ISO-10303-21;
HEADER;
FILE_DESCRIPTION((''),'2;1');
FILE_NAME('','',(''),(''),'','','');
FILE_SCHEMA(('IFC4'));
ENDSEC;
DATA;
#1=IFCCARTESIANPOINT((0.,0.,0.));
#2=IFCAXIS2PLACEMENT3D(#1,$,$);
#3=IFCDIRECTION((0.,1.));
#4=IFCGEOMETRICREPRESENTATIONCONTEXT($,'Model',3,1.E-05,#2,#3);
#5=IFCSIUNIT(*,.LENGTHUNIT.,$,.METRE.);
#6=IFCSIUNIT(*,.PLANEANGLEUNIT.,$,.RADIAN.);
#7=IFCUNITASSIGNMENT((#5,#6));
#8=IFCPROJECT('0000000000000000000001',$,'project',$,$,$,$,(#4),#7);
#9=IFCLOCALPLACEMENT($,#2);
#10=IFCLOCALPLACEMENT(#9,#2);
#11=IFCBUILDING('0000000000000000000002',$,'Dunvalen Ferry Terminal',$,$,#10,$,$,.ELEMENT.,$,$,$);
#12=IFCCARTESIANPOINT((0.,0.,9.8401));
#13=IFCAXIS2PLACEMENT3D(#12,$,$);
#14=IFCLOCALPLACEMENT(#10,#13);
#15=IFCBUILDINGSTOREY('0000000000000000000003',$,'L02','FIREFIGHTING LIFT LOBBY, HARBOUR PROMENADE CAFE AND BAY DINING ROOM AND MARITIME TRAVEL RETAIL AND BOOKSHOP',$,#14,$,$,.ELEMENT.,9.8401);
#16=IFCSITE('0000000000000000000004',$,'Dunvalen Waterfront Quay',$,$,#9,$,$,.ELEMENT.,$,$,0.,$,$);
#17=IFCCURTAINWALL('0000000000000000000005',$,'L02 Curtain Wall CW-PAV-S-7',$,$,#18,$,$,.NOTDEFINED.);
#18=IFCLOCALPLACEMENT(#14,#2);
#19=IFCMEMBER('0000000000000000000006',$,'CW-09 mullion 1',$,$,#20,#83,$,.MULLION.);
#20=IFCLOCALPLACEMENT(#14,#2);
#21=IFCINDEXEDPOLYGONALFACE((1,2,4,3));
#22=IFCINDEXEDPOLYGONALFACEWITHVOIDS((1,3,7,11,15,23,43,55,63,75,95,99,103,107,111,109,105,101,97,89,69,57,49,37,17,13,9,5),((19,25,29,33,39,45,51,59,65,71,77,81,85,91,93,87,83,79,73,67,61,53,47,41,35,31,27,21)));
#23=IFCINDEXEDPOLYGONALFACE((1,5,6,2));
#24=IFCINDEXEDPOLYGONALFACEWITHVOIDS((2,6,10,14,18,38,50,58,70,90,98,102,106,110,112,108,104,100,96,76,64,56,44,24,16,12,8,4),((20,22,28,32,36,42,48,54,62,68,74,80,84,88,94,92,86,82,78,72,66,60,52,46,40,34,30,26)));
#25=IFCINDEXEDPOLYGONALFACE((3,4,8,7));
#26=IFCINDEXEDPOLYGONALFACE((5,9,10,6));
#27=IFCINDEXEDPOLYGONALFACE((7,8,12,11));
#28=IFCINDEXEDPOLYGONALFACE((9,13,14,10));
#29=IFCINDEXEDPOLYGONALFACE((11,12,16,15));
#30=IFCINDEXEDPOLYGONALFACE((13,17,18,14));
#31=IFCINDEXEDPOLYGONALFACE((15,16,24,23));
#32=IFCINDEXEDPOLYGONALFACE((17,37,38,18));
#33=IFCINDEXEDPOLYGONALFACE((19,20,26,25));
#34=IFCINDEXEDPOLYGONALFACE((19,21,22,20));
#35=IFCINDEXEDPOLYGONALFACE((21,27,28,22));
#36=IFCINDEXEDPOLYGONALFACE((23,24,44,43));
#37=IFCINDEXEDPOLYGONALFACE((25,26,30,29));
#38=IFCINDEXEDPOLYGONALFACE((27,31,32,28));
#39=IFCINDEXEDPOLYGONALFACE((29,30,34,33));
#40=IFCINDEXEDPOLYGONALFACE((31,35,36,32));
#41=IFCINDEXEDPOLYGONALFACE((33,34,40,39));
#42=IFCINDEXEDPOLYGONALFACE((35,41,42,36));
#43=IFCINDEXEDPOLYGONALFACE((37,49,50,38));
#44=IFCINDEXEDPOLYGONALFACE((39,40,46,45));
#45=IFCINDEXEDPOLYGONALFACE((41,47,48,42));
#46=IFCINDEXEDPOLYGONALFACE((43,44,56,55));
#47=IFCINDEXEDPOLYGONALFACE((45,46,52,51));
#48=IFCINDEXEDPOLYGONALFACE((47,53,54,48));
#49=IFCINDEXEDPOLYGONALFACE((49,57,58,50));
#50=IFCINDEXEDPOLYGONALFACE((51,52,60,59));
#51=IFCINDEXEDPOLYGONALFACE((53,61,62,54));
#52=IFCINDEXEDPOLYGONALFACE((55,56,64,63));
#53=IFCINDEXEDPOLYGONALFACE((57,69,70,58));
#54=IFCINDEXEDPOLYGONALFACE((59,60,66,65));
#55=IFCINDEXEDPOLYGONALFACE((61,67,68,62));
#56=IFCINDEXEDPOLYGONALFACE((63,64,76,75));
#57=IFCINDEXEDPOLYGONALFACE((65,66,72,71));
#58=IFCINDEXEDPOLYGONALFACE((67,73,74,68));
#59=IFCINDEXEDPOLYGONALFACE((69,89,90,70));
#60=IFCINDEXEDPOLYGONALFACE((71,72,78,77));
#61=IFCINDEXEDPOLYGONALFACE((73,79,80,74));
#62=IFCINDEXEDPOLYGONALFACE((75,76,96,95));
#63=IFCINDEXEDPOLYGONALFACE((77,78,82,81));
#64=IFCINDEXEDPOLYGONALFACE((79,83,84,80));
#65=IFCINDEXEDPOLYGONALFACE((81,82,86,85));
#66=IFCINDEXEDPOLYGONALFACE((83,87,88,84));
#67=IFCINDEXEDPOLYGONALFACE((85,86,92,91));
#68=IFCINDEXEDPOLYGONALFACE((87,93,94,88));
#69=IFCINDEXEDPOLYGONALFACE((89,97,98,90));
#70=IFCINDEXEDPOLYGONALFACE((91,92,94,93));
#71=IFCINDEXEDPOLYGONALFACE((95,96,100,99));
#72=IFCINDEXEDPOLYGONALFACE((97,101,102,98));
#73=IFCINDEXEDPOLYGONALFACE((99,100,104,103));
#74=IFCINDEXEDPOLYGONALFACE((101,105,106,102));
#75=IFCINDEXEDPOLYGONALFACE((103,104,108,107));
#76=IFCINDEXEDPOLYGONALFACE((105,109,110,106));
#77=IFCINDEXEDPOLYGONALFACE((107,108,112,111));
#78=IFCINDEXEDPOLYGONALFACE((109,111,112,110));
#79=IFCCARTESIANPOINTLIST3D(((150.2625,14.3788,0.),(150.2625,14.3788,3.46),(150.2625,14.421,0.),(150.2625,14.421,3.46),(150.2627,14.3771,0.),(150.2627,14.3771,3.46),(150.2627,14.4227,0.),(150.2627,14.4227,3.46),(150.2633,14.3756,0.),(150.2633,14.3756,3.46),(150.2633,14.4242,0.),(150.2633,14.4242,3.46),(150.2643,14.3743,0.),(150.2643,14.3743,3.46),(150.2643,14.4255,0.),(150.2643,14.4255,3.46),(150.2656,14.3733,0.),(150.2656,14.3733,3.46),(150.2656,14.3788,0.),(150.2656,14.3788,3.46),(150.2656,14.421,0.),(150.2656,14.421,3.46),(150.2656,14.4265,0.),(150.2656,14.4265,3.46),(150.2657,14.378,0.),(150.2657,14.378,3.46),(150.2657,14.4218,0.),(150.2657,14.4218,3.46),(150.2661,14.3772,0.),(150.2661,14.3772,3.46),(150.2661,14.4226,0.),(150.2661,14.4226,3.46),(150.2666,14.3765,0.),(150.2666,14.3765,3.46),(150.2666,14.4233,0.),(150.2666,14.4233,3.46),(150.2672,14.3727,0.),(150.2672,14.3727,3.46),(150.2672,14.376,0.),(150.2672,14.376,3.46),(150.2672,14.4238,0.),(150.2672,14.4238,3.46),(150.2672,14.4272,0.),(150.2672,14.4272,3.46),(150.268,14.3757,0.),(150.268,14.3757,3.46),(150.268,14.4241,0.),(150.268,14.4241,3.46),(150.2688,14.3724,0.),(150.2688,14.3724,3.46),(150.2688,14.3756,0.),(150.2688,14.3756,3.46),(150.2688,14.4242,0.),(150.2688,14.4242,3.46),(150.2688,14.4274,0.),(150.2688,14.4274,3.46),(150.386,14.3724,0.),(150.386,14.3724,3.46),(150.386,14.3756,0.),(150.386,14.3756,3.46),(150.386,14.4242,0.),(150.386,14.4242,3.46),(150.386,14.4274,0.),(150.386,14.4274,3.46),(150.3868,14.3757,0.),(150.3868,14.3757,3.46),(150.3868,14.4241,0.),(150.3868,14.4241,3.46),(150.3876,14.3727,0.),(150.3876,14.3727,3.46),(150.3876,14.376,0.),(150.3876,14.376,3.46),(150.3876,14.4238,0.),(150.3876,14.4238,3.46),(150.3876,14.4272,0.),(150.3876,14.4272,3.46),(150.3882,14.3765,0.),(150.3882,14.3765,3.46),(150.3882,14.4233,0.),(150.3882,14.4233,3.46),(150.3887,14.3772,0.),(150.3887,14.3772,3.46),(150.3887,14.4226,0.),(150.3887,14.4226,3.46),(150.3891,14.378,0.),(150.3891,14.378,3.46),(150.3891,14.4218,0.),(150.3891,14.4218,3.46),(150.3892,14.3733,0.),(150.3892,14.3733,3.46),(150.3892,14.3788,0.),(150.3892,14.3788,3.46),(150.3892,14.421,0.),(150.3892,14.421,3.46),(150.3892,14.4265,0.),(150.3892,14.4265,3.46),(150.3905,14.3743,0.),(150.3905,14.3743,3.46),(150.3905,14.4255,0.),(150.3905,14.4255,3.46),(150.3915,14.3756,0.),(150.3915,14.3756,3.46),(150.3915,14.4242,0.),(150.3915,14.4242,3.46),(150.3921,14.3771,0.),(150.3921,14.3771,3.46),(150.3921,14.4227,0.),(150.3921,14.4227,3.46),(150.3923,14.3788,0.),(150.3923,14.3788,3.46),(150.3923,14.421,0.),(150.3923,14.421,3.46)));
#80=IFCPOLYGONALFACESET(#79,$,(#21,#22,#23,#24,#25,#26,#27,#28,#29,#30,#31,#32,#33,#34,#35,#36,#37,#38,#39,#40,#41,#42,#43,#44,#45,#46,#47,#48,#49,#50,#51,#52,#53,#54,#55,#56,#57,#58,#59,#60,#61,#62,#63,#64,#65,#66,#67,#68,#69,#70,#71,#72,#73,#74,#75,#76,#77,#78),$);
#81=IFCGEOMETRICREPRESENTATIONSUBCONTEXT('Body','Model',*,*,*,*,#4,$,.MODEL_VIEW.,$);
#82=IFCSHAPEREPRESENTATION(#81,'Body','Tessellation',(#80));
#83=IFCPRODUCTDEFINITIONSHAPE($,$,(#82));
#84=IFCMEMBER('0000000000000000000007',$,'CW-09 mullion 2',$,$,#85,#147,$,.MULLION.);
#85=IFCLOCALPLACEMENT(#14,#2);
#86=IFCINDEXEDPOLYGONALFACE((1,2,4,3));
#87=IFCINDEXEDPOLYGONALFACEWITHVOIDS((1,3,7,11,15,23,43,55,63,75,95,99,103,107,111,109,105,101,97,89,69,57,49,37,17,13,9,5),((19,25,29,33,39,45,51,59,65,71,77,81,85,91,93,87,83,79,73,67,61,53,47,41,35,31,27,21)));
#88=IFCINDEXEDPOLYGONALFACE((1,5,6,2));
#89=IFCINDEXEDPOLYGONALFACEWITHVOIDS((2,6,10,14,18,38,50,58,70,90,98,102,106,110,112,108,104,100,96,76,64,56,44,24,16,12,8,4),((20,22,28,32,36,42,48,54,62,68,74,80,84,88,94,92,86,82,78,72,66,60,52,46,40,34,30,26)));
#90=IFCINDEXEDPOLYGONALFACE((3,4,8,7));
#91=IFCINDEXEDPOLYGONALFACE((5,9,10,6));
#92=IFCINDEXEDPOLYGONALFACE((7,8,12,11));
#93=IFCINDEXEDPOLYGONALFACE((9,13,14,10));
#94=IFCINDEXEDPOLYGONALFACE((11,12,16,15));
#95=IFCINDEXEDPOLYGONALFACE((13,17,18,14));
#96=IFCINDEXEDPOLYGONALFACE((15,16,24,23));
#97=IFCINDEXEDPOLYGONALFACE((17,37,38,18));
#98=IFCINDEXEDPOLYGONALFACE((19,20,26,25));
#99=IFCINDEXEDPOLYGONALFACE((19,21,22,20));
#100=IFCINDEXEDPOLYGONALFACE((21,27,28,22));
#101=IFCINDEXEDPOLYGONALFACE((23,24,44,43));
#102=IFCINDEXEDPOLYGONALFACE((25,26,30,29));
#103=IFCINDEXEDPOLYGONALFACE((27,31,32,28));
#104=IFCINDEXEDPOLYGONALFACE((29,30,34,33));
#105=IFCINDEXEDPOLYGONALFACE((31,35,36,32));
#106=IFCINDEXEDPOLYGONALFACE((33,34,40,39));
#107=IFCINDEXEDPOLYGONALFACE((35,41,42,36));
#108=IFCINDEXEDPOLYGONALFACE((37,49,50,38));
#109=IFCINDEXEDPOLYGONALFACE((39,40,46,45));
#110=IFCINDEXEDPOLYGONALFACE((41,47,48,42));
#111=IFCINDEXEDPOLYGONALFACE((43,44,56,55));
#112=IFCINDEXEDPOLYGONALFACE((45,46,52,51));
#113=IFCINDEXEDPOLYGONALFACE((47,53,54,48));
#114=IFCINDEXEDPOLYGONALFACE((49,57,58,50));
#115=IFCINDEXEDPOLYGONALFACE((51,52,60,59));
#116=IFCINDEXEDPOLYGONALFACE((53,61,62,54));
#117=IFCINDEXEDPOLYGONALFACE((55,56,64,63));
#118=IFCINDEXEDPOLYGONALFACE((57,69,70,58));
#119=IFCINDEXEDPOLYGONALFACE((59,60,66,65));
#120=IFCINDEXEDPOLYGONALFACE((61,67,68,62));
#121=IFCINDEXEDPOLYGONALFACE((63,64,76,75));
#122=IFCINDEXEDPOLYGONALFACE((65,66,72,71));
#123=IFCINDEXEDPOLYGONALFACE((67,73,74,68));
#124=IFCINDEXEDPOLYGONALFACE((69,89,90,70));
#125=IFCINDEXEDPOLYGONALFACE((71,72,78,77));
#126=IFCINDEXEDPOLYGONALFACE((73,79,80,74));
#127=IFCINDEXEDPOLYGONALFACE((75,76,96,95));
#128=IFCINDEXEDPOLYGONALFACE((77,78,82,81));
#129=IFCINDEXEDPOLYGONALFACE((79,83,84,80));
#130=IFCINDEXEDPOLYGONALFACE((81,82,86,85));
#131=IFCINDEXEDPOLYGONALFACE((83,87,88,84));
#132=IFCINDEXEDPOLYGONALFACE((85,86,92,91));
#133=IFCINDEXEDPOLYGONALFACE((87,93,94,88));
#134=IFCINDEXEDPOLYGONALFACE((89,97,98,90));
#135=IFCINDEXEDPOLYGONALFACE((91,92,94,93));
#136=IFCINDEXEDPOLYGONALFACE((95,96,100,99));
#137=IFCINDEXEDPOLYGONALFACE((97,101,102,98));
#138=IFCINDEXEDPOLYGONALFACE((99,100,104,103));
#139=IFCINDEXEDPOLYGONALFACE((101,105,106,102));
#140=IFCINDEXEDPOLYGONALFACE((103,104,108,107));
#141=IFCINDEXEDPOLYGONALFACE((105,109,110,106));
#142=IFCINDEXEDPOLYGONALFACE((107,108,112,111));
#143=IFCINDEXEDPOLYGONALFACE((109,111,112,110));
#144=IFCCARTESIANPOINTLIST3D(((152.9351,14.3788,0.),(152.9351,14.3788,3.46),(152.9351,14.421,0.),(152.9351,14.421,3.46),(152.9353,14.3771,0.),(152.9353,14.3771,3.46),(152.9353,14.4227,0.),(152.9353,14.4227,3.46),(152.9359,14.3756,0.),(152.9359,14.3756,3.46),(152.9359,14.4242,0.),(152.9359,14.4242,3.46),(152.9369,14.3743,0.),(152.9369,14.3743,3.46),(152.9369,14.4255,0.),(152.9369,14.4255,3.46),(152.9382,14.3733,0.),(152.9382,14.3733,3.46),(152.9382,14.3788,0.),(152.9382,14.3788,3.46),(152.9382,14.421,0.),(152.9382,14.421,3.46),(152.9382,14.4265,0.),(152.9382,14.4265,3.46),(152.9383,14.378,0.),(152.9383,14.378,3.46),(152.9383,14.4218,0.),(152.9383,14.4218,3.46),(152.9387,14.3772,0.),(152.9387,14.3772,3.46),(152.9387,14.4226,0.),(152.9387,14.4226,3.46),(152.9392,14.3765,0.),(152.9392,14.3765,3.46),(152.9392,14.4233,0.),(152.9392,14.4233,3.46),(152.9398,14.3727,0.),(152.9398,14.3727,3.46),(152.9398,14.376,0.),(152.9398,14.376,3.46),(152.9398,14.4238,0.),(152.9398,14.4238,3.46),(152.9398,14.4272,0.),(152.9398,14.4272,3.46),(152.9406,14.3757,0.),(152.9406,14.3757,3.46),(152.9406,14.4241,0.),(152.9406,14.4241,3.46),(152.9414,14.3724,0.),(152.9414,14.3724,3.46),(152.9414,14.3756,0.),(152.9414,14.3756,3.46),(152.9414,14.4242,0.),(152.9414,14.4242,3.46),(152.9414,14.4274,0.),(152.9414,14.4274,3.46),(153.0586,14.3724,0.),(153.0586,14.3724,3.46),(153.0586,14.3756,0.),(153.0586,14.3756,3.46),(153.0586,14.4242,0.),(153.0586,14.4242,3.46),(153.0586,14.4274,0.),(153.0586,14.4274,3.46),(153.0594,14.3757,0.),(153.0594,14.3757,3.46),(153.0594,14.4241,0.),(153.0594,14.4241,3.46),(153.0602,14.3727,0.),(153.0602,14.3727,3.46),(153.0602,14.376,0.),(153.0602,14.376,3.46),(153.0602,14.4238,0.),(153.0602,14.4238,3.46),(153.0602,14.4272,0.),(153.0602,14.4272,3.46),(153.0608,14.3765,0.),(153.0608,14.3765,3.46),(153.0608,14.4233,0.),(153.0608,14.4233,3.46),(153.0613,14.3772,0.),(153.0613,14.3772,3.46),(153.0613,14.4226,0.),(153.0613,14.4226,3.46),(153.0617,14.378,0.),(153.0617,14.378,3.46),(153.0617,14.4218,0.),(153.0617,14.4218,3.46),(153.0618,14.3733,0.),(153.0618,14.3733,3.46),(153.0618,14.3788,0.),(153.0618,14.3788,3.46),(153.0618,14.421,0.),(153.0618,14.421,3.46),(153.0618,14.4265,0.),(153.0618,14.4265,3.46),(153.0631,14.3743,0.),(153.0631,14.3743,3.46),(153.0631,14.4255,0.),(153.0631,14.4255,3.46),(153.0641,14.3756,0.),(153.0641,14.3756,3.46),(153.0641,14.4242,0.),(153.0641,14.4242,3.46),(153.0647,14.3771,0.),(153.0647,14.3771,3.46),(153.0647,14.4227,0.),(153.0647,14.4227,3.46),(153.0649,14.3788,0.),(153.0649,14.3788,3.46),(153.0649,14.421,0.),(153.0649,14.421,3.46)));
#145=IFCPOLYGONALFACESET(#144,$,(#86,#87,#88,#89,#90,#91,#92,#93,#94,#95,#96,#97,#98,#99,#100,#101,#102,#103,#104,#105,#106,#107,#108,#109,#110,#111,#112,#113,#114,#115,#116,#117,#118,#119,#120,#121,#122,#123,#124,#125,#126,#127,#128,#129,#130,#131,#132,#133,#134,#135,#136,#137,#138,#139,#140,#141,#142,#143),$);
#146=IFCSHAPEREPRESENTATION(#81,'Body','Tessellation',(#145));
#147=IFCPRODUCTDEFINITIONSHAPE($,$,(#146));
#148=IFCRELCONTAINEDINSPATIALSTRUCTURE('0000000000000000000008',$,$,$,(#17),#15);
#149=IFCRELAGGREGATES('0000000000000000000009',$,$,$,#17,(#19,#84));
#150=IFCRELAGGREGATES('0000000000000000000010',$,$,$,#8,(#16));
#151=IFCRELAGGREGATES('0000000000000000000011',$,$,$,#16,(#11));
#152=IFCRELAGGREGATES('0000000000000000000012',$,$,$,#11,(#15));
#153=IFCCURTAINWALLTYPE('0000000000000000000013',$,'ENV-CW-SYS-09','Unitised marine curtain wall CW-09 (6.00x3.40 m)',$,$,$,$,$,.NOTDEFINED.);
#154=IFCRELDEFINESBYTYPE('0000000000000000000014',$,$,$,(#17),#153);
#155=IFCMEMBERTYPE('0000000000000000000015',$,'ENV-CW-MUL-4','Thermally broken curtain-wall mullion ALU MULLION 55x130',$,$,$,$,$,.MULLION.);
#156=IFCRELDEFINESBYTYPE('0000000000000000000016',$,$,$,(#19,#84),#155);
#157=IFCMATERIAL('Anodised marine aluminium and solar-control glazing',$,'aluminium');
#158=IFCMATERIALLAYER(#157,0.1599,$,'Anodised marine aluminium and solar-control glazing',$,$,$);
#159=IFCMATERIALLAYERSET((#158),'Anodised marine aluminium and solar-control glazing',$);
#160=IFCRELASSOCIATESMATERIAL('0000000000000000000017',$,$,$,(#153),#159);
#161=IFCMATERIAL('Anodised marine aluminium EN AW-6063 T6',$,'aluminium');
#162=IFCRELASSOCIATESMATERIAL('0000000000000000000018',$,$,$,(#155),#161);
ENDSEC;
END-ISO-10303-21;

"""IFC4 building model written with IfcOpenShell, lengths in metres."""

from ifc_helpers import new_model, si_unit, direction, frame, origin, origin_2d, place, context, subcontext, project, spatial, hollow_rectangle, extrude, material, layer, layer_set, material_profile, profile_set, type_object, element, aggregate, save


model = new_model("IFC4")

# Units and contexts
model_context = context("Model", 3, precision=1e-05, world=origin(), true_north=direction((0.0, 1.0)))
body_context = subcontext(model_context, "Body", "Model", "MODEL_VIEW")
ifc_project = project(units=[si_unit("LENGTHUNIT", "METRE"), si_unit("PLANEANGLEUNIT", "RADIAN")], contexts=[model_context])

# Site, building, storey
site_placement = place(None, origin())
site = spatial("IfcSite", under=ifc_project, at=site_placement, Name="Dunvalen Waterfront Quay", CompositionType="ELEMENT", RefElevation=0.0)
building_placement = place(site_placement, origin())
building = spatial("IfcBuilding", under=site, at=building_placement, Name="Dunvalen Ferry Terminal", CompositionType="ELEMENT")
storey_placement = place(building_placement, frame((0.0, 0.0, 9.8401)))
storey = spatial("IfcBuildingStorey", under=building, at=storey_placement, Name="L02", Description="FIREFIGHTING LIFT LOBBY, HARBOUR PROMENADE CAFE AND BAY DINING ROOM AND MARITIME TRAVEL RETAIL AND BOOKSHOP", CompositionType="ELEMENT", Elevation=9.8401)

# Curtain wall, members
ifc_material_1 = material(Name="Anodised marine aluminium and solar-control glazing", Category="aluminium")
ifc_layer_1 = layer(ifc_material_1, 0.1599, Name="Anodised marine aluminium and solar-control glazing")
ifc_layer_set_1 = layer_set([ifc_layer_1], Name="Anodised marine aluminium and solar-control glazing")
curtain_wall_type = type_object("IfcCurtainWallType", Name="ENV-CW-SYS-09", Description="Unitised marine curtain wall CW-09 (6.00x3.40 m)", PredefinedType="NOTDEFINED", material=ifc_layer_set_1)
curtain_wall_placement = place(storey_placement, origin())
curtain_wall = element("IfcCurtainWall", 1, at=curtain_wall_placement, inside=storey, type_object=curtain_wall_type, Name="L02 Curtain Wall CW-PAV-S-7", PredefinedType="NOTDEFINED")
ifc_material_2 = material(Name="Anodised marine aluminium EN AW-6063 T6", Category="aluminium")
ifc_material_profile_1 = material_profile(ifc_material_2, hollow_rectangle(XDim=0.0549, YDim=0.1299, WallThickness=0.0032, InnerFilletRadius=0.0032, OuterFilletRadius=0.0063, at=origin_2d()), Name="Anodised marine aluminium EN AW-6063 T6")
ifc_profile_set_1 = profile_set([ifc_material_profile_1], Name="Anodised marine aluminium EN AW-6063 T6")
member_type_1 = type_object("IfcMemberType", Name="ENV-CW-MUL-4", Description="Thermally broken curtain-wall mullion ALU MULLION 55x130", PredefinedType="MULLION", material=ifc_profile_set_1)
member_1_placement = place(storey_placement, frame((150.3274, 14.3999, 0.0), z_axis=(0.0, 0.0, 1.0), x_axis=(0.0, 1.0, 0.0)))
member_1 = element("IfcMember", 2, at=member_1_placement, type_object=member_type_1, Name="CW-09 mullion 1", PredefinedType="MULLION", context=body_context, shape_type="SweptSolid", body=[
    extrude(hollow_rectangle(XDim=0.0549, YDim=0.1299, WallThickness=0.0032, InnerFilletRadius=0.0032, OuterFilletRadius=0.0063, at=origin_2d()), origin(), (0.0, 0.0, 1.0), 3.46),
])
member_2_placement = place(storey_placement, frame((153.0, 14.3999, 0.0), z_axis=(0.0, 0.0, 1.0), x_axis=(0.0, 1.0, 0.0)))
member_2 = element("IfcMember", 3, at=member_2_placement, type_object=member_type_1, Name="CW-09 mullion 2", PredefinedType="MULLION", context=body_context, shape_type="SweptSolid", body=[
    extrude(hollow_rectangle(XDim=0.0549, YDim=0.1299, WallThickness=0.0032, InnerFilletRadius=0.0032, OuterFilletRadius=0.0063, at=origin_2d()), origin(), (0.0, 0.0, 1.0), 3.46),
])

aggregate(curtain_wall, [member_1, member_2])

save(model, "model.ifc")
